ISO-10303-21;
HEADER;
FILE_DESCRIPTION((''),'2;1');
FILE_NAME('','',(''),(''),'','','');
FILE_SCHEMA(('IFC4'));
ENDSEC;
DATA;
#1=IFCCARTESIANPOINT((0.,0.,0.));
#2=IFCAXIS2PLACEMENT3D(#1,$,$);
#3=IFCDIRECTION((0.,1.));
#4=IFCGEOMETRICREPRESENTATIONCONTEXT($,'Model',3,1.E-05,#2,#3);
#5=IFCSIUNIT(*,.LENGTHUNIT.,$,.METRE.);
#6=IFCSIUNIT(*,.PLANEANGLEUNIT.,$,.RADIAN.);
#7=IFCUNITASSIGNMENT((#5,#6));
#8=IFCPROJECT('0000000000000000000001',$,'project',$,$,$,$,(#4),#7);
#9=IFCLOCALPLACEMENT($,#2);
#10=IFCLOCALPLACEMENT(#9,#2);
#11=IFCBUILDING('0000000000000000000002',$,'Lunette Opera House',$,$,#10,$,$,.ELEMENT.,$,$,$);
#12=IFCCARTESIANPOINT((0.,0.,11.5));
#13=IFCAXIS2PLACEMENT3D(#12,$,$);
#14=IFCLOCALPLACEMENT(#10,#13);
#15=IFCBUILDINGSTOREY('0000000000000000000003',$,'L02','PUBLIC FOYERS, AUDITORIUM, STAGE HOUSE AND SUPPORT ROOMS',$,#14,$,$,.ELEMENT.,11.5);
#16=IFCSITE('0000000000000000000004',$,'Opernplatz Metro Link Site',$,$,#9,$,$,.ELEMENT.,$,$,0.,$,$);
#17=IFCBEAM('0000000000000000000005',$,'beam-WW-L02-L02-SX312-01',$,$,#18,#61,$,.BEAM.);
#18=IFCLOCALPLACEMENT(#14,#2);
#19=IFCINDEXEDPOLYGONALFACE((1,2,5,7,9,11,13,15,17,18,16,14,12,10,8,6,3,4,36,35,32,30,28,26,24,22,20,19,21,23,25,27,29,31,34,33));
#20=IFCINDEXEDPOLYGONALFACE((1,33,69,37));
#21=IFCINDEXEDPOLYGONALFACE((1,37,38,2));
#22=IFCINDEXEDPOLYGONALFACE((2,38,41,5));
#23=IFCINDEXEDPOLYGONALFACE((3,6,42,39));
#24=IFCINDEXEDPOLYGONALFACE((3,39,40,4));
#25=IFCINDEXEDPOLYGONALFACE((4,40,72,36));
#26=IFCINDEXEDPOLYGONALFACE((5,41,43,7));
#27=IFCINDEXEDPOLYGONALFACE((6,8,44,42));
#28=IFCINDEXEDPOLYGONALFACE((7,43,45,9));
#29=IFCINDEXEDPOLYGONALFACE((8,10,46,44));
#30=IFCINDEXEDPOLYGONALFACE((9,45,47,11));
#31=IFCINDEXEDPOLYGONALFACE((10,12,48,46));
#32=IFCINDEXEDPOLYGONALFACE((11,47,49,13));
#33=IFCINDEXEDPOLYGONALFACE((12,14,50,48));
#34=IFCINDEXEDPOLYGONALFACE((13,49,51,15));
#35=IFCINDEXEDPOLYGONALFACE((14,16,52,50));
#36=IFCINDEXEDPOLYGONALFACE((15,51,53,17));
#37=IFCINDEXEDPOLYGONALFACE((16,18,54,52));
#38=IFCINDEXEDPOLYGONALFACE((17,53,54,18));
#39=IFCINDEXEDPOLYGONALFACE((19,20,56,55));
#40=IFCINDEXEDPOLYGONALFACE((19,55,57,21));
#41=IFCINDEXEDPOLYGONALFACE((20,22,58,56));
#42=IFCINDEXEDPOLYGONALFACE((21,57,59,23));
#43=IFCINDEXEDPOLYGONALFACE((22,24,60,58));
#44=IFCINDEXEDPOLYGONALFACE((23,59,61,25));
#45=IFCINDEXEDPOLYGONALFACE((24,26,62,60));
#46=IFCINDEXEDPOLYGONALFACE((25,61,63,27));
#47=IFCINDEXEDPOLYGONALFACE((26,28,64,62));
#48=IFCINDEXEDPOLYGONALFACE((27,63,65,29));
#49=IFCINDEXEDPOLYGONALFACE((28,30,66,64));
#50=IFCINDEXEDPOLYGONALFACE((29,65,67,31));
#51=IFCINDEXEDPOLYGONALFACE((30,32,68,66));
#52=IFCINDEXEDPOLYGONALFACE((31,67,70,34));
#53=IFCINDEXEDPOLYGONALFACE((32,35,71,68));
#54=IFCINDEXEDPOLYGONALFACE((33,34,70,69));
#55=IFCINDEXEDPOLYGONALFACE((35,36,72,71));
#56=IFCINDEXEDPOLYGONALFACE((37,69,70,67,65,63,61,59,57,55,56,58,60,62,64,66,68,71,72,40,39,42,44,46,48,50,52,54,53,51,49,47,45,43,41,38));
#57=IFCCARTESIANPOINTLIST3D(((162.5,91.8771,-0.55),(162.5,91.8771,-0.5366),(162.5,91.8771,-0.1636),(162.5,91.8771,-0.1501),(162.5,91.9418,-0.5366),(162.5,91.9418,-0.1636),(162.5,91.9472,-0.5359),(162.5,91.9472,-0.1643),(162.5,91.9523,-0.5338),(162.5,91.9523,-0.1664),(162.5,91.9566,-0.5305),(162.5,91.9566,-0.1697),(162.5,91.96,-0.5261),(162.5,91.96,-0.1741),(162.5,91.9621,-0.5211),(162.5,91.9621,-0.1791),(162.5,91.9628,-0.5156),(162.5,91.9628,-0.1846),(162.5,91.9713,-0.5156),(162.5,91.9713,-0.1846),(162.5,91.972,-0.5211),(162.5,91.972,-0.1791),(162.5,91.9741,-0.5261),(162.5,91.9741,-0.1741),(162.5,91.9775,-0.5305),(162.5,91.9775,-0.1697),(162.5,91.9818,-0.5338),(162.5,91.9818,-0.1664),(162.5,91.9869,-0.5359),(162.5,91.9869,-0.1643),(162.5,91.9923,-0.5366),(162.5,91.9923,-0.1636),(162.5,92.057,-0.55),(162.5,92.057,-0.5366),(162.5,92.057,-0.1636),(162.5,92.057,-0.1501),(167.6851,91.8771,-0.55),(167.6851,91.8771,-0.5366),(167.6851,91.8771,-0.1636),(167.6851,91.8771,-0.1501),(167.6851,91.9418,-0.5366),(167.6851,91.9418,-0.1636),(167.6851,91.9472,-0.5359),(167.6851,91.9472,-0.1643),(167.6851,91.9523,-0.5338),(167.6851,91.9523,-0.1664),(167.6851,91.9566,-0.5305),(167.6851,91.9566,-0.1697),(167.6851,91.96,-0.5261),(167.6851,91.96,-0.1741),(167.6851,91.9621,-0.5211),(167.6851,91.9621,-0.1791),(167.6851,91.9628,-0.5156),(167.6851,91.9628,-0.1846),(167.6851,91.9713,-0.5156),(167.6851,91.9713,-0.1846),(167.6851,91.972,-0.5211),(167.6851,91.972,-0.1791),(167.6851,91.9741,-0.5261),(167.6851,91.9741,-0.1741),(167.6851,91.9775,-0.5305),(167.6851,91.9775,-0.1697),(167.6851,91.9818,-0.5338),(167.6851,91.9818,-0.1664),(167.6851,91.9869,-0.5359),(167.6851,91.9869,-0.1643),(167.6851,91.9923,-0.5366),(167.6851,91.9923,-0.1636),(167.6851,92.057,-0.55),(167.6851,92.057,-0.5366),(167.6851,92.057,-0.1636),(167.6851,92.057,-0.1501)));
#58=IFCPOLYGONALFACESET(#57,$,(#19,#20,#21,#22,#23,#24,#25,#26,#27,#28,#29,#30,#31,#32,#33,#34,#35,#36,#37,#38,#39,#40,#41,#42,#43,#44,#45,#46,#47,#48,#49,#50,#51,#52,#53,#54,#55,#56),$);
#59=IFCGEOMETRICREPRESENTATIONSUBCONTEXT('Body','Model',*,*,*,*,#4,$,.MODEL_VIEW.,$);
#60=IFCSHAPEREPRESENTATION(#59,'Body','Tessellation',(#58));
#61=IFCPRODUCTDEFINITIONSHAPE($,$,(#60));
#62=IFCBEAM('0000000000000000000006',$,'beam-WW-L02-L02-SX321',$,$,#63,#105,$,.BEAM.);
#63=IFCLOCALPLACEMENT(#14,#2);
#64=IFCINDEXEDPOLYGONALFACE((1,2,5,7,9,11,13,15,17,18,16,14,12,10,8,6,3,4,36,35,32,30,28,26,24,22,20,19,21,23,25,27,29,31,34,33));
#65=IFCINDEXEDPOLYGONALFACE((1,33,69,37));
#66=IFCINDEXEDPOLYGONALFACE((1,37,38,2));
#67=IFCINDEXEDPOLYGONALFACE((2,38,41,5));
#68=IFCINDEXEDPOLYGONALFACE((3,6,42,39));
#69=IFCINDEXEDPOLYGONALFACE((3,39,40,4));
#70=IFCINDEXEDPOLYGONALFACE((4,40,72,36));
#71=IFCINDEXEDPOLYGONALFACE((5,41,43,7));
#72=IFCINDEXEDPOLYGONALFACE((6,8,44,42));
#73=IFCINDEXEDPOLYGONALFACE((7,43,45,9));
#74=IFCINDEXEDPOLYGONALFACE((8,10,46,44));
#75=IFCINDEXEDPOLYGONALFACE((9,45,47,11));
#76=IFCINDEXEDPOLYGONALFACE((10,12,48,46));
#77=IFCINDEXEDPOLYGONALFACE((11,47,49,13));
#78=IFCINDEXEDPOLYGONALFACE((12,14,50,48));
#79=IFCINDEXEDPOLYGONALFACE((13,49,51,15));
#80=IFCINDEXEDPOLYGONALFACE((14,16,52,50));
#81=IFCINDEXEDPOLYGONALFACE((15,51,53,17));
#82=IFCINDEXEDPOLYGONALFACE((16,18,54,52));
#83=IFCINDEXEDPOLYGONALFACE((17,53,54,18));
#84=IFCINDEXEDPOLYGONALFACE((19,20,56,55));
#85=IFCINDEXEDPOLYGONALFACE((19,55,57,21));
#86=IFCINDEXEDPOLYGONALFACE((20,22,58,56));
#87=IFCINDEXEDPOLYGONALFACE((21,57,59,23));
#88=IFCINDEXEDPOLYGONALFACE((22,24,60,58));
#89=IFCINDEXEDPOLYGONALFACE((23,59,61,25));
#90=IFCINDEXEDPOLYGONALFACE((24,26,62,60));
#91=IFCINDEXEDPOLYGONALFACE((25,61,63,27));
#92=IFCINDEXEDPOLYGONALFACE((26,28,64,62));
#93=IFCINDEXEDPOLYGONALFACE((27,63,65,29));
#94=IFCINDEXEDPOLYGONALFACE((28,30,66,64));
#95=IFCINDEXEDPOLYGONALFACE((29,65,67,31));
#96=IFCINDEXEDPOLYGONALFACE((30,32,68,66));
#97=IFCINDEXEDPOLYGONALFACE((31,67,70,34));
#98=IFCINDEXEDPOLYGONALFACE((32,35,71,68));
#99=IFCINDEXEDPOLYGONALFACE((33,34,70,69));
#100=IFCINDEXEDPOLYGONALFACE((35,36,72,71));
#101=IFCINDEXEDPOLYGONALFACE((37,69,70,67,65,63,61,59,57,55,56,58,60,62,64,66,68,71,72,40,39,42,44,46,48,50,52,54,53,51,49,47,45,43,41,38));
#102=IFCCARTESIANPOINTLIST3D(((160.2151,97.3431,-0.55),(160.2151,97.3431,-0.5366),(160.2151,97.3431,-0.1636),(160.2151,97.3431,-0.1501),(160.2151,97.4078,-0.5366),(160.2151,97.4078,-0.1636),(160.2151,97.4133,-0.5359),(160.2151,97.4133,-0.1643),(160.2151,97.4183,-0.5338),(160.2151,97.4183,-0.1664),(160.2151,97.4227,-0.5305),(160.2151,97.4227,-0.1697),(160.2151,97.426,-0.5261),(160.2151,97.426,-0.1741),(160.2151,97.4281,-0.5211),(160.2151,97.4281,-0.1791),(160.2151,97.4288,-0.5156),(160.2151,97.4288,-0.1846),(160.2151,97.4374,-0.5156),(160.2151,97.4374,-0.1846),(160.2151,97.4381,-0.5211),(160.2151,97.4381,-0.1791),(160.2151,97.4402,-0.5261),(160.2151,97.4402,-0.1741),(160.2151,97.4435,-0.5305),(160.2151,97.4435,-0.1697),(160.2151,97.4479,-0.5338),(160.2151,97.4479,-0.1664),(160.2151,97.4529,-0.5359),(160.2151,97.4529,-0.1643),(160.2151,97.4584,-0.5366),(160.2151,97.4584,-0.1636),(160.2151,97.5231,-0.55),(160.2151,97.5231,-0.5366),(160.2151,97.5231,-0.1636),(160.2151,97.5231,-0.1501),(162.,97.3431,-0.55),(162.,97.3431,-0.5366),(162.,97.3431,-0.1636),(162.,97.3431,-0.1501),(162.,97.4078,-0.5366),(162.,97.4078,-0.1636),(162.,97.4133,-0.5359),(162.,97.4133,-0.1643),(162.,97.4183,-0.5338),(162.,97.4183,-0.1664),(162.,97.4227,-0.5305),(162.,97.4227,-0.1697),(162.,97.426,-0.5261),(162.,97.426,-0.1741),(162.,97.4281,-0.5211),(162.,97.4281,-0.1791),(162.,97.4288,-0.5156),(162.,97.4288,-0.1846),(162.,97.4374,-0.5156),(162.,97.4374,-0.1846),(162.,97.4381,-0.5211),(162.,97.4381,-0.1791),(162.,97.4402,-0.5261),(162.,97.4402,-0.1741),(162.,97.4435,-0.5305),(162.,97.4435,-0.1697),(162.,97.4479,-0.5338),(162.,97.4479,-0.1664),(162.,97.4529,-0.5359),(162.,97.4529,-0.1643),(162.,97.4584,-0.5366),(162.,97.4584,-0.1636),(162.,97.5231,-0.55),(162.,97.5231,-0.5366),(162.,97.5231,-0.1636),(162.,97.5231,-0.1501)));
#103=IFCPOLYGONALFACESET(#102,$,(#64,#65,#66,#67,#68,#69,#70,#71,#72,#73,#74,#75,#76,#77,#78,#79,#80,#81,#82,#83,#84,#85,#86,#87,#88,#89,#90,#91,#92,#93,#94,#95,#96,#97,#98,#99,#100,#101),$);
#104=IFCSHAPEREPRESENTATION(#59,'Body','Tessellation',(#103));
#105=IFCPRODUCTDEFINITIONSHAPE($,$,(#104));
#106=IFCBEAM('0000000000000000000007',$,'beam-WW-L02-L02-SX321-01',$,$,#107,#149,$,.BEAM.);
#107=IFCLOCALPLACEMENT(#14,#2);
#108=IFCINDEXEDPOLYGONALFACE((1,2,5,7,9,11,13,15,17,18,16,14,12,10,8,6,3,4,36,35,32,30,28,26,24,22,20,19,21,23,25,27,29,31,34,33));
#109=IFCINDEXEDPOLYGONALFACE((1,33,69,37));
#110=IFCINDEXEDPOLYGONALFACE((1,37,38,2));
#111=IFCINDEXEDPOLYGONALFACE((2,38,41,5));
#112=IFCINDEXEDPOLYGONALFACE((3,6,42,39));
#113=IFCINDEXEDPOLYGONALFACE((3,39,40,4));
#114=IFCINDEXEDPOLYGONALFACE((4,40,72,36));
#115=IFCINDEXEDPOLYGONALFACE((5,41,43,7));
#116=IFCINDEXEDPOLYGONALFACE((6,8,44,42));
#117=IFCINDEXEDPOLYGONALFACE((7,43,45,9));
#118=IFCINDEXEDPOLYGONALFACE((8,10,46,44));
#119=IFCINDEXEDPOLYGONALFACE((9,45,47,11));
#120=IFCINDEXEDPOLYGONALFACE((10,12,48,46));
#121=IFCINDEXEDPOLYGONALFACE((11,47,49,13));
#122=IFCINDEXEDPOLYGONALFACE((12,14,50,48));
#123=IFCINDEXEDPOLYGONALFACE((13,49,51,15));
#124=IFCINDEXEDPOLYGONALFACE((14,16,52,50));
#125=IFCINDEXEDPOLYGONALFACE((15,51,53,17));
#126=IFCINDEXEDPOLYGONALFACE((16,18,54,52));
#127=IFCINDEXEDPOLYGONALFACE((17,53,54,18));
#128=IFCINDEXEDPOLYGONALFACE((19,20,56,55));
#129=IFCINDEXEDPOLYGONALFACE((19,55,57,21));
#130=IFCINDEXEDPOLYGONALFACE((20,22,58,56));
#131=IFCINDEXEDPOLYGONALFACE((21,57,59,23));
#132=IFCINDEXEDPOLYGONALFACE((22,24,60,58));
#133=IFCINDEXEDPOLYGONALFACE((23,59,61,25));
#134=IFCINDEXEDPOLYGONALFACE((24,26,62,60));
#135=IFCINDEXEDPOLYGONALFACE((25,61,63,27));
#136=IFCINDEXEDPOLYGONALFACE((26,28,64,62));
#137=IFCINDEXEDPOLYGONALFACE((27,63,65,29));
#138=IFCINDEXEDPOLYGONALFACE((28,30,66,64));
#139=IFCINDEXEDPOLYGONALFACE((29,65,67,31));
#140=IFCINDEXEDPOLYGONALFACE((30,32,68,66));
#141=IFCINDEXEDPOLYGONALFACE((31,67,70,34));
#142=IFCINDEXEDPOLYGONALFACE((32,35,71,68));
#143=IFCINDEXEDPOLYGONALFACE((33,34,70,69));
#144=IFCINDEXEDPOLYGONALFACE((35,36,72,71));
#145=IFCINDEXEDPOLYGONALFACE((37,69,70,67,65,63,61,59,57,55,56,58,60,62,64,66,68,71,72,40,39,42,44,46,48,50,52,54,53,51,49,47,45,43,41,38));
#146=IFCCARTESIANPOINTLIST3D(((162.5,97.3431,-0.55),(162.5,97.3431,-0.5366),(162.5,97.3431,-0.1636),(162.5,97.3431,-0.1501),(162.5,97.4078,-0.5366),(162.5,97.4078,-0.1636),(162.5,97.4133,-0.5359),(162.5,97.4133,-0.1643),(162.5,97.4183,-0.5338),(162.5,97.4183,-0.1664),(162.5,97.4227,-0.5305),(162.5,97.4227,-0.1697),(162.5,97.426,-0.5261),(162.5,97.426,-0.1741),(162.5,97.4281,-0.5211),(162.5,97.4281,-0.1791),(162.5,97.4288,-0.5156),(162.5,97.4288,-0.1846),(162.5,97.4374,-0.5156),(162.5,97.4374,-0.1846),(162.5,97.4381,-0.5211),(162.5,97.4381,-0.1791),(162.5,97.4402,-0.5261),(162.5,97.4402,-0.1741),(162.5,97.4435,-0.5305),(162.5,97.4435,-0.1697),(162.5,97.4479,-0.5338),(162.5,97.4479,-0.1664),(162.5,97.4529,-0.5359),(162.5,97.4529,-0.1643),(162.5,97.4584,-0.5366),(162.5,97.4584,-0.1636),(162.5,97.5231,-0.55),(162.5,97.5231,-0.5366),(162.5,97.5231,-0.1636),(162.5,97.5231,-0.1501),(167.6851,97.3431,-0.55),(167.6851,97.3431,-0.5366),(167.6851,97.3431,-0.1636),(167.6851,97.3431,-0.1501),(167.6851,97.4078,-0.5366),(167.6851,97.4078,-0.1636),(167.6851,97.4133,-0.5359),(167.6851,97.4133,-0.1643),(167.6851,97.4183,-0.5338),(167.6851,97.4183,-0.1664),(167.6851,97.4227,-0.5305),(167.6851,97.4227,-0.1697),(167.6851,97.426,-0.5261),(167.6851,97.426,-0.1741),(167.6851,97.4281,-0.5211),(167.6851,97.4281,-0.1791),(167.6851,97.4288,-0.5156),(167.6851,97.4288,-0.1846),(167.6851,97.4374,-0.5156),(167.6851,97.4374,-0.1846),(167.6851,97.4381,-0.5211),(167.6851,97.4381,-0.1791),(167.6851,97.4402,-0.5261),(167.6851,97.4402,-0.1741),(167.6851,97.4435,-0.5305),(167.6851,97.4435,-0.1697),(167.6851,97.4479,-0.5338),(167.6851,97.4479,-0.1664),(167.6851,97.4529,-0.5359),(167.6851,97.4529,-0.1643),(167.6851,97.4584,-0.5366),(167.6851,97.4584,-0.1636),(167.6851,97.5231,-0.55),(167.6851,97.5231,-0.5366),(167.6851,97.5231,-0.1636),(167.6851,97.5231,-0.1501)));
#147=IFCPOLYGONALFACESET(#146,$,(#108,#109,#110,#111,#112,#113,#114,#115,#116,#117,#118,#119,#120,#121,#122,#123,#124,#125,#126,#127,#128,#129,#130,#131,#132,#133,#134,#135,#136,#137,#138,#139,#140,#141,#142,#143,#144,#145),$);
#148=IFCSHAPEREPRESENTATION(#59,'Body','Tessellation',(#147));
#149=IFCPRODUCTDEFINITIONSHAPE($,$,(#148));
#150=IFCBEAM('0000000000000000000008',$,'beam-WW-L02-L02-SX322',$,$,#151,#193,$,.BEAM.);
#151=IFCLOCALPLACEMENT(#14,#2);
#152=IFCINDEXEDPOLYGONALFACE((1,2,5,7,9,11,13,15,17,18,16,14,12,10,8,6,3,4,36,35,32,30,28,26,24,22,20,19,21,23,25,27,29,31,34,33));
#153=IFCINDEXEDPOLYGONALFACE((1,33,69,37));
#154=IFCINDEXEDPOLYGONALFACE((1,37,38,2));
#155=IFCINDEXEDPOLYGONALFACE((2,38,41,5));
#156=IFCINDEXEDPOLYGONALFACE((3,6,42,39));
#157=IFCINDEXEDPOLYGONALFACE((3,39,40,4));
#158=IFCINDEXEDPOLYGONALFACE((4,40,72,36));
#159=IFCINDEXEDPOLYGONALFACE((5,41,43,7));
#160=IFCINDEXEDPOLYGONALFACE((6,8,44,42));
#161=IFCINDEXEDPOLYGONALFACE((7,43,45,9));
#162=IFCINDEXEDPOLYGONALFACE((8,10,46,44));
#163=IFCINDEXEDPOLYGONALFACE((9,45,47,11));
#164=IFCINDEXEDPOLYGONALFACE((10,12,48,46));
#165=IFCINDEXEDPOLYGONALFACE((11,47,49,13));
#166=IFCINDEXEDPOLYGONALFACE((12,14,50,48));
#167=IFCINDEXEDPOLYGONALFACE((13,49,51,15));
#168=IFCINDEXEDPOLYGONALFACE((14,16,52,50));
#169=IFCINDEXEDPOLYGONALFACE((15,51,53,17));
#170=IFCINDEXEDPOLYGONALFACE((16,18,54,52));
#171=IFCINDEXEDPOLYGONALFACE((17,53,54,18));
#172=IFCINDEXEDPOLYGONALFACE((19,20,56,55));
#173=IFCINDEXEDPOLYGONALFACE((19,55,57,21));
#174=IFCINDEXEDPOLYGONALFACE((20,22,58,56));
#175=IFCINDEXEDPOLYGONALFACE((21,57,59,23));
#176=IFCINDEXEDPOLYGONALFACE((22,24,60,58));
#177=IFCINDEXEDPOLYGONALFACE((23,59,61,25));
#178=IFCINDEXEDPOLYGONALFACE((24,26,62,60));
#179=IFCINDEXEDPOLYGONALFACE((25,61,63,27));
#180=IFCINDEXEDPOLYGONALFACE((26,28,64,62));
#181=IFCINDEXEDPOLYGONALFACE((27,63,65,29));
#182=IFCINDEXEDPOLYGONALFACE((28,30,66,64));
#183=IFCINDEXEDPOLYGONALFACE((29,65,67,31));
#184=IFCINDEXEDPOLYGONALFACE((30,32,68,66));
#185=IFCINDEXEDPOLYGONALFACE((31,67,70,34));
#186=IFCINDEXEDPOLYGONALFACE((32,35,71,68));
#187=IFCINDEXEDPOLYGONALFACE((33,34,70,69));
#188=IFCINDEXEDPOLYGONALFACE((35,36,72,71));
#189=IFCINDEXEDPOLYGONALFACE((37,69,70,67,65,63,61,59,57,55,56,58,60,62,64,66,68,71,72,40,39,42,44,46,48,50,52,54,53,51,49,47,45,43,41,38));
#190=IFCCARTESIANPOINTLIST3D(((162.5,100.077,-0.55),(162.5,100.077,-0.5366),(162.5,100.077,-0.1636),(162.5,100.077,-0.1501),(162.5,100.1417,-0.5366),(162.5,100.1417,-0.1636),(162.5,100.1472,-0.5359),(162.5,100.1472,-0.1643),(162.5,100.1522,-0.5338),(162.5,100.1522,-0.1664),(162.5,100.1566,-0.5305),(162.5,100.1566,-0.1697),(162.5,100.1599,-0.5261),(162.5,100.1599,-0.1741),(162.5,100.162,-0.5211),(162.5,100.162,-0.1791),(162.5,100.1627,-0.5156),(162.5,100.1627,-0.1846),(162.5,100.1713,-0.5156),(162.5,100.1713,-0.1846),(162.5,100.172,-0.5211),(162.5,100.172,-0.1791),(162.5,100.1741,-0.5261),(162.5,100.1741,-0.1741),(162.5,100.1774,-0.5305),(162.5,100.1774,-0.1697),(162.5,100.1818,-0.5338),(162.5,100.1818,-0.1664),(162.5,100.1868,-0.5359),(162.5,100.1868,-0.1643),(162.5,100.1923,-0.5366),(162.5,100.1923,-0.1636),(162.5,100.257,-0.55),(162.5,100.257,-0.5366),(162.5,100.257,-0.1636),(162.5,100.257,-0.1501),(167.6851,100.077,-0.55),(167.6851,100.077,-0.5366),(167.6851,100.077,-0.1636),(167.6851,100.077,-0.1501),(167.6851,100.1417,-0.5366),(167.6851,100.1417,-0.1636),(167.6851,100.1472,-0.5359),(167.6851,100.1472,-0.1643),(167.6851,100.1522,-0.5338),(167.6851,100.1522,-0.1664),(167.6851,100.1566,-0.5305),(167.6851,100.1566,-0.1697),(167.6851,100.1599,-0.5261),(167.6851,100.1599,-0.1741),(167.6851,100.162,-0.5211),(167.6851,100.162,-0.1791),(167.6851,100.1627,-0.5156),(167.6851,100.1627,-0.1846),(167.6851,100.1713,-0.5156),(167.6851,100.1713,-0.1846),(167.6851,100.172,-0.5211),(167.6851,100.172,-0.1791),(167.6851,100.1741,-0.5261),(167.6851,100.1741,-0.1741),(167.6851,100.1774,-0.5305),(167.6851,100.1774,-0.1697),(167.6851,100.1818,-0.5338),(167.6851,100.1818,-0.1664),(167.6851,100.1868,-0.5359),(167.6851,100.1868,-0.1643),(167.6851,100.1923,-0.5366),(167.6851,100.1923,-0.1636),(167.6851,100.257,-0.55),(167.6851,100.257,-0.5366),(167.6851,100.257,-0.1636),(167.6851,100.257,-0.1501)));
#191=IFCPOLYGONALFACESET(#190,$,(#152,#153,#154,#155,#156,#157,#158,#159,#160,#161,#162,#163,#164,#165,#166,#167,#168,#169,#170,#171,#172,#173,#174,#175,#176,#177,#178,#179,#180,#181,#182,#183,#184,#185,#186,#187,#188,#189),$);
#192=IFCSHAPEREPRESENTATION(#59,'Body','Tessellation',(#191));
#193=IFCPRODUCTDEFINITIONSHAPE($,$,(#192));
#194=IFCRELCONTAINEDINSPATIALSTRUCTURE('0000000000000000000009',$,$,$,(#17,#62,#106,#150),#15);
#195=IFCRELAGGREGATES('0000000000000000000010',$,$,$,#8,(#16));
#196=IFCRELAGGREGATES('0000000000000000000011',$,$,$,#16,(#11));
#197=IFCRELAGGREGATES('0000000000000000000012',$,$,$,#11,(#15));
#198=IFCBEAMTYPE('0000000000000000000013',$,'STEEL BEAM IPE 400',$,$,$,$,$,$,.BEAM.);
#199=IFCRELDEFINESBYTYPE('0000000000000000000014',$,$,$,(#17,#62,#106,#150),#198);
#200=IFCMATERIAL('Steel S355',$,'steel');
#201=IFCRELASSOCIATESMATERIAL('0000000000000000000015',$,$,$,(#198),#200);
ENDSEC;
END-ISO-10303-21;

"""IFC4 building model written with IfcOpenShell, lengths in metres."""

from ifc_helpers import new_model, si_unit, direction, frame, origin, origin_2d, place, context, subcontext, project, spatial, i_section, extrude, material, material_profile, profile_set, type_object, element, save


model = new_model("IFC4")

# Units and contexts
model_context = context("Model", 3, precision=1e-05, world=origin(), true_north=direction((0.0, 1.0)))
body_context = subcontext(model_context, "Body", "Model", "MODEL_VIEW")
ifc_project = project(units=[si_unit("LENGTHUNIT", "METRE"), si_unit("PLANEANGLEUNIT", "RADIAN")], contexts=[model_context])

# Site, building, storey
site_placement = place(None, origin())
site = spatial("IfcSite", under=ifc_project, at=site_placement, Name="Opernplatz Metro Link Site", CompositionType="ELEMENT", RefElevation=0.0)
building_placement = place(site_placement, origin())
building = spatial("IfcBuilding", under=site, at=building_placement, Name="Lunette Opera House", CompositionType="ELEMENT")
storey_placement = place(building_placement, frame((0.0, 0.0, 11.5)))
storey = spatial("IfcBuildingStorey", under=building, at=storey_placement, Name="L02", Description="PUBLIC FOYERS, AUDITORIUM, STAGE HOUSE AND SUPPORT ROOMS", CompositionType="ELEMENT", Elevation=11.5)

# Beams
ifc_material_1 = material(Name="Steel S355", Category="steel")
ifc_material_profile_1 = material_profile(ifc_material_1, i_section(OverallWidth=0.1799, OverallDepth=0.3999, WebThickness=0.0085, FlangeThickness=0.0134, FilletRadius=0.021, at=origin_2d()), Name="IPE 400")
ifc_profile_set_1 = profile_set([ifc_material_profile_1], Name="Steel S355")
beam_type_1 = type_object("IfcBeamType", Name="STEEL BEAM IPE 400", PredefinedType="BEAM", material=ifc_profile_set_1)
beam_1_placement = place(storey_placement, frame((162.5, 91.967, -0.3501), z_axis=(1.0, 0.0, 0.0), x_axis=(0.0, 1.0, 0.0)))
element("IfcBeam", 1, at=beam_1_placement, inside=storey, type_object=beam_type_1, Name="beam-WW-L02-L02-SX312-01", PredefinedType="BEAM", context=body_context, shape_type="SweptSolid", body=[
    extrude(i_section(OverallWidth=0.1799, OverallDepth=0.3999, WebThickness=0.0085, FlangeThickness=0.0134, FilletRadius=0.021, at=origin_2d()), origin(), (0.0, 0.0, 1.0), 5.1851),
])
beam_2_placement = place(storey_placement, frame((160.2151, 97.4331, -0.3501), z_axis=(1.0, 0.0, 0.0), x_axis=(0.0, 1.0, 0.0)))
element("IfcBeam", 2, at=beam_2_placement, inside=storey, type_object=beam_type_1, Name="beam-WW-L02-L02-SX321", PredefinedType="BEAM", context=body_context, shape_type="SweptSolid", body=[
    extrude(i_section(OverallWidth=0.1799, OverallDepth=0.3999, WebThickness=0.0085, FlangeThickness=0.0134, FilletRadius=0.021, at=origin_2d()), origin(), (0.0, 0.0, 1.0), 1.7849),
])
for number, where, z_axis, x_axis, name in (
    (3, (162.5, 97.4331, -0.3501), (1.0, 0.0, 0.0), (0.0, 1.0, 0.0), "beam-WW-L02-L02-SX321-01"),
    (4, (162.5, 100.167, -0.3501), (1.0, 0.0, 0.0), (0.0, 1.0, 0.0), "beam-WW-L02-L02-SX322"),
):
    element("IfcBeam", number, at=place(storey_placement, frame(where, z_axis=z_axis, x_axis=x_axis)), inside=storey, type_object=beam_type_1, Name=name, PredefinedType="BEAM", context=body_context, shape_type="SweptSolid", body=[
        extrude(i_section(OverallWidth=0.1799, OverallDepth=0.3999, WebThickness=0.0085, FlangeThickness=0.0134, FilletRadius=0.021, at=origin_2d()), origin(), (0.0, 0.0, 1.0), 5.1851),
    ])

save(model, "model.ifc")
